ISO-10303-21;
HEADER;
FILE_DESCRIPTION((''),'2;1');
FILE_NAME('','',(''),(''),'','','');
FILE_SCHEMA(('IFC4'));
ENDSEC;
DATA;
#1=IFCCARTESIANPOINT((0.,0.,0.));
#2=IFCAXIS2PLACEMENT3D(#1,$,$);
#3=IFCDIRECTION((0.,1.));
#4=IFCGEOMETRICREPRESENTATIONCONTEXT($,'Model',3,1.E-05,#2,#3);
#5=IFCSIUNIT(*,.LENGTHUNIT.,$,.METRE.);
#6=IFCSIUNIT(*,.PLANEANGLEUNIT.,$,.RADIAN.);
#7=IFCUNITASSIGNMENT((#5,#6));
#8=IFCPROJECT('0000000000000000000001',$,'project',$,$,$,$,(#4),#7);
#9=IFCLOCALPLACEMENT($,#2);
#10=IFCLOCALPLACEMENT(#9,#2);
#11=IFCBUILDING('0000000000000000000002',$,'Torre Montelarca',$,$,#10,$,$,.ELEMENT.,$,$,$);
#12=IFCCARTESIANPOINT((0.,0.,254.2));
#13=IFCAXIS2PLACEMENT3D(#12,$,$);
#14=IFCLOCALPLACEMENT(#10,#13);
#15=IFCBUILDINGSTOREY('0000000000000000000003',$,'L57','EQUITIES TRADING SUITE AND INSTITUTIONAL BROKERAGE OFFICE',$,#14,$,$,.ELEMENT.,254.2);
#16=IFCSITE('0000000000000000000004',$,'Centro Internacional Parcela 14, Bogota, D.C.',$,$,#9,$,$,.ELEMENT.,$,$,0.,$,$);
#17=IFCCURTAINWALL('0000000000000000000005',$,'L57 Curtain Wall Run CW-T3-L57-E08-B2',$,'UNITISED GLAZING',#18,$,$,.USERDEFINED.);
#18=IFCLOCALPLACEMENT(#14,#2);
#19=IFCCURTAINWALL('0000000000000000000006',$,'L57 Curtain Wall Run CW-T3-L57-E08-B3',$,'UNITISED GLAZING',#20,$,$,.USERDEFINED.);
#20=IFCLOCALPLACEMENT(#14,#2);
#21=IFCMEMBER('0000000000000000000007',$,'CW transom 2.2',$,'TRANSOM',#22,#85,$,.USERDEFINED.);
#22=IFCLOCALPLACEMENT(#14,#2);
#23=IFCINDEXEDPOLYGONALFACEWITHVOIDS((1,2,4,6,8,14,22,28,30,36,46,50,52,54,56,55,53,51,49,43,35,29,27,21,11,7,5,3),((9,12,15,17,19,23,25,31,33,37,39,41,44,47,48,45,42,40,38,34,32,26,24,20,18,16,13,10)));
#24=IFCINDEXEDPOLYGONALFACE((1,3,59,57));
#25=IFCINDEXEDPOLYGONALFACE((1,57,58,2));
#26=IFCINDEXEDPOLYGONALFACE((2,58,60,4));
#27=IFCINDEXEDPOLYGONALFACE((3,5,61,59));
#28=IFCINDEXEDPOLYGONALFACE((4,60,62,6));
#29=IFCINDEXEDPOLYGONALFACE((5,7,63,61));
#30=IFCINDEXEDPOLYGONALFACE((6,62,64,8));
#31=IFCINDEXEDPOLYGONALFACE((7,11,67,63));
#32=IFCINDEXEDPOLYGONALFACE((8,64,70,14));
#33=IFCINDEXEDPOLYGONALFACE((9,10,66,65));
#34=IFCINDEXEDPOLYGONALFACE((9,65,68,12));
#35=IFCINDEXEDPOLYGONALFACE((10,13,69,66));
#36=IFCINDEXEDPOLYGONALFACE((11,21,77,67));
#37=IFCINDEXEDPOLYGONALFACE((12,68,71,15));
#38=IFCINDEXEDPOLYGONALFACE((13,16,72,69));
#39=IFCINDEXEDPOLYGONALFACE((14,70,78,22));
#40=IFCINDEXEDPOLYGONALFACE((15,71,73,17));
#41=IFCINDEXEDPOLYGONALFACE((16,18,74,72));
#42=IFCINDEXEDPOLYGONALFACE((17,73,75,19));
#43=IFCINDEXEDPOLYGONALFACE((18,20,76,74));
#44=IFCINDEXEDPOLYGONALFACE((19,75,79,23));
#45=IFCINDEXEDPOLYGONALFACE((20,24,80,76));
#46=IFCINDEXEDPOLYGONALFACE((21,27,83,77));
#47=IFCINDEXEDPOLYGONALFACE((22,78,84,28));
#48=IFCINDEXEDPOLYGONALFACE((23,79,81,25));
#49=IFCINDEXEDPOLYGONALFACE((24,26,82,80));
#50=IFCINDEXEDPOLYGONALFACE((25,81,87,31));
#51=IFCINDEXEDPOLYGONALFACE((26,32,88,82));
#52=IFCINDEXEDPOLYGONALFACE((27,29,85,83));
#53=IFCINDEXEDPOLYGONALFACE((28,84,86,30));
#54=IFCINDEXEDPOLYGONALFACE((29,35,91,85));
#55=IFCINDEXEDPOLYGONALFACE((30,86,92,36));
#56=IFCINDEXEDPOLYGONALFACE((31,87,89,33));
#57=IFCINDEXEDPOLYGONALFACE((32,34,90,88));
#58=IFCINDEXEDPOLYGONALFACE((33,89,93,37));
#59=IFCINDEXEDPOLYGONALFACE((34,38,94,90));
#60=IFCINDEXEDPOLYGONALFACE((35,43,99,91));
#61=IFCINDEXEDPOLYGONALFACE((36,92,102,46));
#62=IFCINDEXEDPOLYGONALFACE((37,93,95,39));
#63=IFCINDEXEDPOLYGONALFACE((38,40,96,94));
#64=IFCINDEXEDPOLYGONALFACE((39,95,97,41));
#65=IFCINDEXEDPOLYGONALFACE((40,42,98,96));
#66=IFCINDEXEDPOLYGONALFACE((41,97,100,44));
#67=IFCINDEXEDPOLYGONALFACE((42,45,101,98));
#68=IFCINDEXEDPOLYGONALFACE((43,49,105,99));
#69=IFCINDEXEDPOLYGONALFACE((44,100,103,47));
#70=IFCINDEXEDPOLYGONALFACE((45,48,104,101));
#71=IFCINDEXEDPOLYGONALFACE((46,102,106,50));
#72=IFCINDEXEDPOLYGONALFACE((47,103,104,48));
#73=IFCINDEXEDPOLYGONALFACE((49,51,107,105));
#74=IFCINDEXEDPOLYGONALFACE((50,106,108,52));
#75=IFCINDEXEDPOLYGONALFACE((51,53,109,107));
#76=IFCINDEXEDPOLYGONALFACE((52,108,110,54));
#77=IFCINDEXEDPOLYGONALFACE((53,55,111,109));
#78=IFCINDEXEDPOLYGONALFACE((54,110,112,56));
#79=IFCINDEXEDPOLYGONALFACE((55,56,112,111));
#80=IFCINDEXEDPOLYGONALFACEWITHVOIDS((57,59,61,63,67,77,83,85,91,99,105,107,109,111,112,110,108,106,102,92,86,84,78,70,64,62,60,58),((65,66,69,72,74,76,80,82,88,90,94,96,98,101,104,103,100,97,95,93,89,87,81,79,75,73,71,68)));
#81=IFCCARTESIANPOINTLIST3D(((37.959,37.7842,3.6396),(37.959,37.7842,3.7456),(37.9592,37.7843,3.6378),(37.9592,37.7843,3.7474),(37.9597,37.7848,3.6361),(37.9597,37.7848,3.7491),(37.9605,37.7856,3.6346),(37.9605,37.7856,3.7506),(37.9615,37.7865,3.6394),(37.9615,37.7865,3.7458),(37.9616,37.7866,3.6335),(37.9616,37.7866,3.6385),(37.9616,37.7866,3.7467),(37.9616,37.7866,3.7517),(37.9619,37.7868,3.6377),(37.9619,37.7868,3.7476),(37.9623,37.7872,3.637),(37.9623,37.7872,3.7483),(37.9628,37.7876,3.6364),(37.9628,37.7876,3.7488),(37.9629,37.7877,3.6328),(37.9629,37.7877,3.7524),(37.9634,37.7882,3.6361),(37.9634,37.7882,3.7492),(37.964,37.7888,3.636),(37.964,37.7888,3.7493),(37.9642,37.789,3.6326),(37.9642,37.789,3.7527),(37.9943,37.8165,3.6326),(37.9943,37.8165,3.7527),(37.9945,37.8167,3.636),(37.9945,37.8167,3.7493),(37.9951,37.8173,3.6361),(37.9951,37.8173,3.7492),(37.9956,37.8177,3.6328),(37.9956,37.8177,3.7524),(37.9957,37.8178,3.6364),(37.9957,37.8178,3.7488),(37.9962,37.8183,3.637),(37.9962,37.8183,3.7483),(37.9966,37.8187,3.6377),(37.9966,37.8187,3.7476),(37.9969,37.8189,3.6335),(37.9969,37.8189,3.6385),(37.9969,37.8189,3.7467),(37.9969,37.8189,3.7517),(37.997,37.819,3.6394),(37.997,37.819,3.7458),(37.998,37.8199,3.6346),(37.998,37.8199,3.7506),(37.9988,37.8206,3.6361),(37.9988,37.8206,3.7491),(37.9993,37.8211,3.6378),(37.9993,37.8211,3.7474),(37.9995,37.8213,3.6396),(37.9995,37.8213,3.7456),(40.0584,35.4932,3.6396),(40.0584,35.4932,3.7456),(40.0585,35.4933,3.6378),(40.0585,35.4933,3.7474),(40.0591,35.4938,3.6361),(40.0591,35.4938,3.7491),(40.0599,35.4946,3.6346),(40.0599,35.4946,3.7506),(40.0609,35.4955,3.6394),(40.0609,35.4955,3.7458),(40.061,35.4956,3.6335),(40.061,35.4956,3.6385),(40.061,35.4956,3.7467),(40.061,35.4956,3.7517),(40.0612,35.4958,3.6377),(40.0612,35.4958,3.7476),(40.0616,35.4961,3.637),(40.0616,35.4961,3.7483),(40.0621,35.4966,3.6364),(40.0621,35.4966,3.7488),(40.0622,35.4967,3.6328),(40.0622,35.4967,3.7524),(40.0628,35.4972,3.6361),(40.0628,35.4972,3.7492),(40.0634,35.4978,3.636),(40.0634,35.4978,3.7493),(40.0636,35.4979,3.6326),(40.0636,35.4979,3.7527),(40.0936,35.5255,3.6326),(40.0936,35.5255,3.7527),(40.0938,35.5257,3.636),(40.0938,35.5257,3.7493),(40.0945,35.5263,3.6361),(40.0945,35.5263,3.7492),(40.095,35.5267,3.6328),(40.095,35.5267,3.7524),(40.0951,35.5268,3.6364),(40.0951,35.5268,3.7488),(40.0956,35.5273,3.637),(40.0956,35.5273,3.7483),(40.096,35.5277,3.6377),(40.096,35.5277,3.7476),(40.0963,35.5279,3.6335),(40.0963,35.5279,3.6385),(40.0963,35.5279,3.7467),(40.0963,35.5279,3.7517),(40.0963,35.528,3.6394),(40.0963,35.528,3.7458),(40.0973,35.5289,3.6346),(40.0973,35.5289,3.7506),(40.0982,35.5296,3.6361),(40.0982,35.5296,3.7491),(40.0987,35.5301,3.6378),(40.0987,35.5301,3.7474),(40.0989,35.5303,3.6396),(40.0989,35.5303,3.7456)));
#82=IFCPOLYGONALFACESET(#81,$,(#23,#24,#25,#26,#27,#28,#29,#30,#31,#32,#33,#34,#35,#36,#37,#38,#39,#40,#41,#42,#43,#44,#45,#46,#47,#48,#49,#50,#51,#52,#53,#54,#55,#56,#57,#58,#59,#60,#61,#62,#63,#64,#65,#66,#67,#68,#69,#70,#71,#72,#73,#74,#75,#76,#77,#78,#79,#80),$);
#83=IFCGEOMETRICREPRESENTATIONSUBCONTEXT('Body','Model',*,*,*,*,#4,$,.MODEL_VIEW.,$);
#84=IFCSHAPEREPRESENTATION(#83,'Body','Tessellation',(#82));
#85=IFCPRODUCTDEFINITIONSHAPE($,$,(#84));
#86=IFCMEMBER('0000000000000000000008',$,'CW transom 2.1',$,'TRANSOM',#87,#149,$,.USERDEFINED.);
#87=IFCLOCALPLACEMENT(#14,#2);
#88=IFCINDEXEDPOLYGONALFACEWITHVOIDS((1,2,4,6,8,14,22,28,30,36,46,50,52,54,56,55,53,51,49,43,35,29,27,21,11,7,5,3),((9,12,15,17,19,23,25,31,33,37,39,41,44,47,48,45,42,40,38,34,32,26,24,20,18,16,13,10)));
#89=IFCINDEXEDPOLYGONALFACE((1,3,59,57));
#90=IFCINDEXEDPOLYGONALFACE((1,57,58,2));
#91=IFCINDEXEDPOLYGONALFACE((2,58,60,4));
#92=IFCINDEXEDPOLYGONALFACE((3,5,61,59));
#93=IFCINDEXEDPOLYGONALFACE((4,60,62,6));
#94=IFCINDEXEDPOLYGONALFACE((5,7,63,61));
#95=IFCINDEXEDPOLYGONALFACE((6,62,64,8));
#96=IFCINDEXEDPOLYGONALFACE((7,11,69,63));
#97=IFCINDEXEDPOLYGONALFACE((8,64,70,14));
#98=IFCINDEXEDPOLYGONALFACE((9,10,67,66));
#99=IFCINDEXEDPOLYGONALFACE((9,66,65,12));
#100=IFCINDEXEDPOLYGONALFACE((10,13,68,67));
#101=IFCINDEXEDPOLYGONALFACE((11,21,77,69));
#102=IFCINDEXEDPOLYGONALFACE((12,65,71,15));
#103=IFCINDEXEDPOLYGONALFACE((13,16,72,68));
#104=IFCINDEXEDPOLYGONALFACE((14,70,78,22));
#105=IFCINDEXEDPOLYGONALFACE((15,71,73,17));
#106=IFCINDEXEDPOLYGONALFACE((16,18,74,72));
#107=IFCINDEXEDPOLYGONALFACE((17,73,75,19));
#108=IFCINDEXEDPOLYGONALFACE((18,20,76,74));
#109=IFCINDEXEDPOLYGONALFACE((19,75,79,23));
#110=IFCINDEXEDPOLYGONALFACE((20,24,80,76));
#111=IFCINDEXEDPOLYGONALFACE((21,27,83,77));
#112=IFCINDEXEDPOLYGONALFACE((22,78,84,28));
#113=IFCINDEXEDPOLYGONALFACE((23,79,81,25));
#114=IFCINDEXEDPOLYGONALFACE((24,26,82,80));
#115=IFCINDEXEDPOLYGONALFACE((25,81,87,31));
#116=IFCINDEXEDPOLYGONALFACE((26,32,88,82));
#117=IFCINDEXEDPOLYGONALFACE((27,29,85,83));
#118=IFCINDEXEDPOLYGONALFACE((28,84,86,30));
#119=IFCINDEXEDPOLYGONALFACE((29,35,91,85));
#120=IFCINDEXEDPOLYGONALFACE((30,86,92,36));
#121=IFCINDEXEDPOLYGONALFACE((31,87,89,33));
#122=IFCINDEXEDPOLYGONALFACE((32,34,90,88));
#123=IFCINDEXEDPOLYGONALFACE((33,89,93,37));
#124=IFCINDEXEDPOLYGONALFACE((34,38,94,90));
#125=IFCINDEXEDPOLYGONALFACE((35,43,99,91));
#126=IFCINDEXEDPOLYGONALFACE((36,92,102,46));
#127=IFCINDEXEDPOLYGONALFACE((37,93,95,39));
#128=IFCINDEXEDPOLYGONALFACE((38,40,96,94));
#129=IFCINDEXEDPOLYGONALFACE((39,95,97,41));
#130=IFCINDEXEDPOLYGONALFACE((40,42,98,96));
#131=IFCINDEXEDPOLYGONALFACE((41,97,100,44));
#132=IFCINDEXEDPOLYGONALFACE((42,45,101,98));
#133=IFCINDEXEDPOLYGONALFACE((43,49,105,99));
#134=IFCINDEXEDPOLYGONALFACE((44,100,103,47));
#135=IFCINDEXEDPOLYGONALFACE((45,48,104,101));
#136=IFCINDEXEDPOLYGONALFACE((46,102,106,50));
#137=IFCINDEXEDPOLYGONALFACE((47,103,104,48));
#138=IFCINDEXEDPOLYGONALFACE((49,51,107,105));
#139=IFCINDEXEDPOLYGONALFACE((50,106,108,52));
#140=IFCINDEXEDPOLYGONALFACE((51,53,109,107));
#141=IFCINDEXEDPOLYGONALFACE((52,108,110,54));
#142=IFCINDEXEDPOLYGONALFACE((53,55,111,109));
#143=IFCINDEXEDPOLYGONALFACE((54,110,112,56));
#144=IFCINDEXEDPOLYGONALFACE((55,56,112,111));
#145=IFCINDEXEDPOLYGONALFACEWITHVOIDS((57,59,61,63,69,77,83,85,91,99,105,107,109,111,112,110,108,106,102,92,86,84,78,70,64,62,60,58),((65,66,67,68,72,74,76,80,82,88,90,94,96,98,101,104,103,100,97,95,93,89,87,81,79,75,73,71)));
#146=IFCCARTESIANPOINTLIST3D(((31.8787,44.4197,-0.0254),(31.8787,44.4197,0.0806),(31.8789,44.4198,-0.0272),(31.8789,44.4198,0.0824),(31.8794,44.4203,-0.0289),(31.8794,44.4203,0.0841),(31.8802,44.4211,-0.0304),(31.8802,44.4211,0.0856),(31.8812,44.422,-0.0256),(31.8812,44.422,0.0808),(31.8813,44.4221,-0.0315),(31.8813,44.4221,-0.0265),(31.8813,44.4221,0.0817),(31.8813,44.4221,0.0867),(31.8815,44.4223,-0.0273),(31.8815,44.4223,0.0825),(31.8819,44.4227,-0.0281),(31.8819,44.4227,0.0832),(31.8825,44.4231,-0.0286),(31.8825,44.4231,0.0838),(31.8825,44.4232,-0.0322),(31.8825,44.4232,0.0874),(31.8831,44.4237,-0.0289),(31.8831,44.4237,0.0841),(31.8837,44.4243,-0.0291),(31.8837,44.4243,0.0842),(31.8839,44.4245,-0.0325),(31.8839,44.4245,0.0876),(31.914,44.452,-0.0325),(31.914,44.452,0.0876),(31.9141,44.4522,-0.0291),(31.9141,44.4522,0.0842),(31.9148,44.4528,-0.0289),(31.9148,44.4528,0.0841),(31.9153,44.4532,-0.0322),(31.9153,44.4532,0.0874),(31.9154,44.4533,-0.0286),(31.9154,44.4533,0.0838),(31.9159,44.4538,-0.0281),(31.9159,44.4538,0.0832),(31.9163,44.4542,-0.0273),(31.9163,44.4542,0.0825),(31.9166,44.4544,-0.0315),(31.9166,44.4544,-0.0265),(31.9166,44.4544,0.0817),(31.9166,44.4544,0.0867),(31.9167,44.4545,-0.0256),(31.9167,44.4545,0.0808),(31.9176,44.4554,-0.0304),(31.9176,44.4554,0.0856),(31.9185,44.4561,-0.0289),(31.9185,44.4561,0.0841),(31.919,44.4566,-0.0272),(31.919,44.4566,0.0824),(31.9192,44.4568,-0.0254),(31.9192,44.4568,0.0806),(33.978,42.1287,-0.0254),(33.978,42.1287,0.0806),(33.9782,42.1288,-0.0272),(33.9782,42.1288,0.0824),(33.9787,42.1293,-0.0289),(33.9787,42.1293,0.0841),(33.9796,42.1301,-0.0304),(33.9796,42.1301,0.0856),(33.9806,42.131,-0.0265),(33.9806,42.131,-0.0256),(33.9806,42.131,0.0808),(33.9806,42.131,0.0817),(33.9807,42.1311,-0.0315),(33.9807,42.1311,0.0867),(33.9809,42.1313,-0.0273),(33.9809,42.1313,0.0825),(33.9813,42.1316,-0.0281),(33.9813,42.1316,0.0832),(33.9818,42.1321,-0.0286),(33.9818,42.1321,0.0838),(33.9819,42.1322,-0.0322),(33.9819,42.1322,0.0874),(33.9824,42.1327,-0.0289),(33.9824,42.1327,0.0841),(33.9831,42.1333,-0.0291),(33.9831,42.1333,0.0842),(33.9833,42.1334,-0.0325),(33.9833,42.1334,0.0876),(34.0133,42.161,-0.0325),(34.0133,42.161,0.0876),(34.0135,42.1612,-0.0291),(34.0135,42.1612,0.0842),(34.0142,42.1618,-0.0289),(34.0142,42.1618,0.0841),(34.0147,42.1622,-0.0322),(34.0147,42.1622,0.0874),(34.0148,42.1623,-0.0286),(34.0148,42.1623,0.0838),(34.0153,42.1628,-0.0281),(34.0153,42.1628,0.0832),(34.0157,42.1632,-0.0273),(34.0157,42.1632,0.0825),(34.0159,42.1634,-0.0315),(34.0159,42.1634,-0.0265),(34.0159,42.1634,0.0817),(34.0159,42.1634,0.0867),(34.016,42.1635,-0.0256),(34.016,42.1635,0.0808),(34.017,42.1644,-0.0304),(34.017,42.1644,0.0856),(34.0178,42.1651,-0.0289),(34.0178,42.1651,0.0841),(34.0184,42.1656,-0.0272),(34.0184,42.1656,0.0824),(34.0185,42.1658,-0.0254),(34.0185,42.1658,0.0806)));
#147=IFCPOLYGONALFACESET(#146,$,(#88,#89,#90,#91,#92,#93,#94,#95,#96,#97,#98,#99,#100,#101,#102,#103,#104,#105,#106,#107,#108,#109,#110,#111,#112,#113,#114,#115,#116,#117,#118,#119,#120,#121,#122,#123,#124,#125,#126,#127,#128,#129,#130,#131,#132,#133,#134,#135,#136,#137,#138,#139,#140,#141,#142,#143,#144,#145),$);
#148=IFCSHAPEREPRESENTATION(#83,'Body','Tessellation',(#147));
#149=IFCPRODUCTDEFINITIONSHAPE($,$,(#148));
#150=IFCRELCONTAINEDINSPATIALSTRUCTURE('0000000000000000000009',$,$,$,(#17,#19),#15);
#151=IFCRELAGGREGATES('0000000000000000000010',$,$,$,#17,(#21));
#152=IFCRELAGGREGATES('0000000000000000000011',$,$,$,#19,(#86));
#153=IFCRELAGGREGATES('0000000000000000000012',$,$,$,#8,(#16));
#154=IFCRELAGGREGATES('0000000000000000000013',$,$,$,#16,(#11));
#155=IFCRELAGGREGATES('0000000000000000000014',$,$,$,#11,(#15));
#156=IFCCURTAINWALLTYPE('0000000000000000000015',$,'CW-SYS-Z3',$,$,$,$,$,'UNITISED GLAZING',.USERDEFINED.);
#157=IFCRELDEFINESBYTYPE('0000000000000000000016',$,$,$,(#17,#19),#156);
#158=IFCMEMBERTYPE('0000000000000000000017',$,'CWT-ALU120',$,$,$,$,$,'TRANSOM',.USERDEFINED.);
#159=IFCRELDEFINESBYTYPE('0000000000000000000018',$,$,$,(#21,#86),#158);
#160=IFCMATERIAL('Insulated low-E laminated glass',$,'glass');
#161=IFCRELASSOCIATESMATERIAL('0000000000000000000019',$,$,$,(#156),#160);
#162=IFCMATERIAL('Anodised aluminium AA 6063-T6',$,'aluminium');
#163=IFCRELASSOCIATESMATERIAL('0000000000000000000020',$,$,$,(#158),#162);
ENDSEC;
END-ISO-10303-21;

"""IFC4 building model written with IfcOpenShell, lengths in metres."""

from ifc_helpers import new_model, si_unit, direction, frame, origin, origin_2d, place, context, subcontext, project, spatial, hollow_rectangle, extrude, source, transform, mapped, material, material_profile, profile_set, type_object, element, aggregate, save


model = new_model("IFC4")

# Units and contexts
model_context = context("Model", 3, precision=1e-05, world=origin(), true_north=direction((0.0, 1.0)))
body_context = subcontext(model_context, "Body", "Model", "MODEL_VIEW")
ifc_project = project(units=[si_unit("LENGTHUNIT", "METRE"), si_unit("PLANEANGLEUNIT", "RADIAN")], contexts=[model_context])

# Site, building, storey
site_placement = place(None, origin())
site = spatial("IfcSite", under=ifc_project, at=site_placement, Name="Centro Internacional Parcela 14, Bogota, D.C.", CompositionType="ELEMENT", RefElevation=0.0)
building_placement = place(site_placement, origin())
building = spatial("IfcBuilding", under=site, at=building_placement, Name="Torre Montelarca", CompositionType="ELEMENT")
storey_placement = place(building_placement, frame((0.0, 0.0, 254.2)))
storey = spatial("IfcBuildingStorey", under=building, at=storey_placement, Name="L57", Description="EQUITIES TRADING SUITE AND INSTITUTIONAL BROKERAGE OFFICE", CompositionType="ELEMENT", Elevation=254.2)

# Shared definitions
ifc_material_1 = material(Name="Insulated low-E laminated glass", Category="glass")
curtain_wall_type = type_object("IfcCurtainWallType", Name="CW-SYS-Z3", ElementType="UNITISED GLAZING", PredefinedType="USERDEFINED", material=ifc_material_1)
ifc_material_2 = material(Name="Anodised aluminium AA 6063-T6", Category="aluminium")

# Curtain walls
curtain_wall_1_placement = place(storey_placement, origin())
curtain_wall_1 = element("IfcCurtainWall", 1, at=curtain_wall_1_placement, inside=storey, type_object=curtain_wall_type, Name="L57 Curtain Wall Run CW-T3-L57-E08-B2", ObjectType="UNITISED GLAZING", PredefinedType="USERDEFINED")
curtain_wall_2_placement = place(storey_placement, origin())
curtain_wall_2 = element("IfcCurtainWall", 2, at=curtain_wall_2_placement, inside=storey, type_object=curtain_wall_type, Name="L57 Curtain Wall Run CW-T3-L57-E08-B3", ObjectType="UNITISED GLAZING", PredefinedType="USERDEFINED")

# Members
ifc_material_profile_1 = material_profile(ifc_material_2, hollow_rectangle(XDim=0.0549, YDim=0.1201, WallThickness=0.0034, InnerFilletRadius=0.0034, OuterFilletRadius=0.0071, at=origin_2d()), Name="ALU55X120X3.5", Category="aluminium")
ifc_profile_set_1 = profile_set([ifc_material_profile_1], Name="Anodised aluminium AA 6063-T6")
member_type_1 = type_object("IfcMemberType", Name="CWT-ALU120", ElementType="TRANSOM", PredefinedType="USERDEFINED", material=ifc_profile_set_1)
shared_shape_1 = source(origin(), body_context, "Body", "SweptSolid", [
    extrude(hollow_rectangle(XDim=0.0549, YDim=0.1201, WallThickness=0.0034, InnerFilletRadius=0.0034, OuterFilletRadius=0.0071, at=origin_2d()), origin(), (0.0, 0.0, 1.0), 3.1074),
])
member_1_placement = place(storey_placement, frame((40.0786, 35.5117, 3.6926), z_axis=(-0.675597, 0.737272, 0.0), x_axis=(-0.737272, -0.675597, 0.0)))
member_1 = element("IfcMember", 3, at=member_1_placement, type_object=member_type_1, Name="CW transom 2.2", ObjectType="TRANSOM", PredefinedType="USERDEFINED", context=body_context, shape_type="MappedRepresentation", body=[
    mapped(shared_shape_1, transform((0.0, 0.0, 0.0), scale=1.0)),
])
member_2_placement = place(storey_placement, frame((33.9983, 42.1472, 0.0276), z_axis=(-0.675597, 0.737272, 0.0), x_axis=(-0.737272, -0.675597, 0.0)))
member_2 = element("IfcMember", 4, at=member_2_placement, type_object=member_type_1, Name="CW transom 2.1", ObjectType="TRANSOM", PredefinedType="USERDEFINED", context=body_context, shape_type="MappedRepresentation", body=[
    mapped(shared_shape_1, transform((0.0, 0.0, 0.0), scale=1.0)),
])

aggregate(curtain_wall_1, [member_1])
aggregate(curtain_wall_2, [member_2])

save(model, "model.ifc")
